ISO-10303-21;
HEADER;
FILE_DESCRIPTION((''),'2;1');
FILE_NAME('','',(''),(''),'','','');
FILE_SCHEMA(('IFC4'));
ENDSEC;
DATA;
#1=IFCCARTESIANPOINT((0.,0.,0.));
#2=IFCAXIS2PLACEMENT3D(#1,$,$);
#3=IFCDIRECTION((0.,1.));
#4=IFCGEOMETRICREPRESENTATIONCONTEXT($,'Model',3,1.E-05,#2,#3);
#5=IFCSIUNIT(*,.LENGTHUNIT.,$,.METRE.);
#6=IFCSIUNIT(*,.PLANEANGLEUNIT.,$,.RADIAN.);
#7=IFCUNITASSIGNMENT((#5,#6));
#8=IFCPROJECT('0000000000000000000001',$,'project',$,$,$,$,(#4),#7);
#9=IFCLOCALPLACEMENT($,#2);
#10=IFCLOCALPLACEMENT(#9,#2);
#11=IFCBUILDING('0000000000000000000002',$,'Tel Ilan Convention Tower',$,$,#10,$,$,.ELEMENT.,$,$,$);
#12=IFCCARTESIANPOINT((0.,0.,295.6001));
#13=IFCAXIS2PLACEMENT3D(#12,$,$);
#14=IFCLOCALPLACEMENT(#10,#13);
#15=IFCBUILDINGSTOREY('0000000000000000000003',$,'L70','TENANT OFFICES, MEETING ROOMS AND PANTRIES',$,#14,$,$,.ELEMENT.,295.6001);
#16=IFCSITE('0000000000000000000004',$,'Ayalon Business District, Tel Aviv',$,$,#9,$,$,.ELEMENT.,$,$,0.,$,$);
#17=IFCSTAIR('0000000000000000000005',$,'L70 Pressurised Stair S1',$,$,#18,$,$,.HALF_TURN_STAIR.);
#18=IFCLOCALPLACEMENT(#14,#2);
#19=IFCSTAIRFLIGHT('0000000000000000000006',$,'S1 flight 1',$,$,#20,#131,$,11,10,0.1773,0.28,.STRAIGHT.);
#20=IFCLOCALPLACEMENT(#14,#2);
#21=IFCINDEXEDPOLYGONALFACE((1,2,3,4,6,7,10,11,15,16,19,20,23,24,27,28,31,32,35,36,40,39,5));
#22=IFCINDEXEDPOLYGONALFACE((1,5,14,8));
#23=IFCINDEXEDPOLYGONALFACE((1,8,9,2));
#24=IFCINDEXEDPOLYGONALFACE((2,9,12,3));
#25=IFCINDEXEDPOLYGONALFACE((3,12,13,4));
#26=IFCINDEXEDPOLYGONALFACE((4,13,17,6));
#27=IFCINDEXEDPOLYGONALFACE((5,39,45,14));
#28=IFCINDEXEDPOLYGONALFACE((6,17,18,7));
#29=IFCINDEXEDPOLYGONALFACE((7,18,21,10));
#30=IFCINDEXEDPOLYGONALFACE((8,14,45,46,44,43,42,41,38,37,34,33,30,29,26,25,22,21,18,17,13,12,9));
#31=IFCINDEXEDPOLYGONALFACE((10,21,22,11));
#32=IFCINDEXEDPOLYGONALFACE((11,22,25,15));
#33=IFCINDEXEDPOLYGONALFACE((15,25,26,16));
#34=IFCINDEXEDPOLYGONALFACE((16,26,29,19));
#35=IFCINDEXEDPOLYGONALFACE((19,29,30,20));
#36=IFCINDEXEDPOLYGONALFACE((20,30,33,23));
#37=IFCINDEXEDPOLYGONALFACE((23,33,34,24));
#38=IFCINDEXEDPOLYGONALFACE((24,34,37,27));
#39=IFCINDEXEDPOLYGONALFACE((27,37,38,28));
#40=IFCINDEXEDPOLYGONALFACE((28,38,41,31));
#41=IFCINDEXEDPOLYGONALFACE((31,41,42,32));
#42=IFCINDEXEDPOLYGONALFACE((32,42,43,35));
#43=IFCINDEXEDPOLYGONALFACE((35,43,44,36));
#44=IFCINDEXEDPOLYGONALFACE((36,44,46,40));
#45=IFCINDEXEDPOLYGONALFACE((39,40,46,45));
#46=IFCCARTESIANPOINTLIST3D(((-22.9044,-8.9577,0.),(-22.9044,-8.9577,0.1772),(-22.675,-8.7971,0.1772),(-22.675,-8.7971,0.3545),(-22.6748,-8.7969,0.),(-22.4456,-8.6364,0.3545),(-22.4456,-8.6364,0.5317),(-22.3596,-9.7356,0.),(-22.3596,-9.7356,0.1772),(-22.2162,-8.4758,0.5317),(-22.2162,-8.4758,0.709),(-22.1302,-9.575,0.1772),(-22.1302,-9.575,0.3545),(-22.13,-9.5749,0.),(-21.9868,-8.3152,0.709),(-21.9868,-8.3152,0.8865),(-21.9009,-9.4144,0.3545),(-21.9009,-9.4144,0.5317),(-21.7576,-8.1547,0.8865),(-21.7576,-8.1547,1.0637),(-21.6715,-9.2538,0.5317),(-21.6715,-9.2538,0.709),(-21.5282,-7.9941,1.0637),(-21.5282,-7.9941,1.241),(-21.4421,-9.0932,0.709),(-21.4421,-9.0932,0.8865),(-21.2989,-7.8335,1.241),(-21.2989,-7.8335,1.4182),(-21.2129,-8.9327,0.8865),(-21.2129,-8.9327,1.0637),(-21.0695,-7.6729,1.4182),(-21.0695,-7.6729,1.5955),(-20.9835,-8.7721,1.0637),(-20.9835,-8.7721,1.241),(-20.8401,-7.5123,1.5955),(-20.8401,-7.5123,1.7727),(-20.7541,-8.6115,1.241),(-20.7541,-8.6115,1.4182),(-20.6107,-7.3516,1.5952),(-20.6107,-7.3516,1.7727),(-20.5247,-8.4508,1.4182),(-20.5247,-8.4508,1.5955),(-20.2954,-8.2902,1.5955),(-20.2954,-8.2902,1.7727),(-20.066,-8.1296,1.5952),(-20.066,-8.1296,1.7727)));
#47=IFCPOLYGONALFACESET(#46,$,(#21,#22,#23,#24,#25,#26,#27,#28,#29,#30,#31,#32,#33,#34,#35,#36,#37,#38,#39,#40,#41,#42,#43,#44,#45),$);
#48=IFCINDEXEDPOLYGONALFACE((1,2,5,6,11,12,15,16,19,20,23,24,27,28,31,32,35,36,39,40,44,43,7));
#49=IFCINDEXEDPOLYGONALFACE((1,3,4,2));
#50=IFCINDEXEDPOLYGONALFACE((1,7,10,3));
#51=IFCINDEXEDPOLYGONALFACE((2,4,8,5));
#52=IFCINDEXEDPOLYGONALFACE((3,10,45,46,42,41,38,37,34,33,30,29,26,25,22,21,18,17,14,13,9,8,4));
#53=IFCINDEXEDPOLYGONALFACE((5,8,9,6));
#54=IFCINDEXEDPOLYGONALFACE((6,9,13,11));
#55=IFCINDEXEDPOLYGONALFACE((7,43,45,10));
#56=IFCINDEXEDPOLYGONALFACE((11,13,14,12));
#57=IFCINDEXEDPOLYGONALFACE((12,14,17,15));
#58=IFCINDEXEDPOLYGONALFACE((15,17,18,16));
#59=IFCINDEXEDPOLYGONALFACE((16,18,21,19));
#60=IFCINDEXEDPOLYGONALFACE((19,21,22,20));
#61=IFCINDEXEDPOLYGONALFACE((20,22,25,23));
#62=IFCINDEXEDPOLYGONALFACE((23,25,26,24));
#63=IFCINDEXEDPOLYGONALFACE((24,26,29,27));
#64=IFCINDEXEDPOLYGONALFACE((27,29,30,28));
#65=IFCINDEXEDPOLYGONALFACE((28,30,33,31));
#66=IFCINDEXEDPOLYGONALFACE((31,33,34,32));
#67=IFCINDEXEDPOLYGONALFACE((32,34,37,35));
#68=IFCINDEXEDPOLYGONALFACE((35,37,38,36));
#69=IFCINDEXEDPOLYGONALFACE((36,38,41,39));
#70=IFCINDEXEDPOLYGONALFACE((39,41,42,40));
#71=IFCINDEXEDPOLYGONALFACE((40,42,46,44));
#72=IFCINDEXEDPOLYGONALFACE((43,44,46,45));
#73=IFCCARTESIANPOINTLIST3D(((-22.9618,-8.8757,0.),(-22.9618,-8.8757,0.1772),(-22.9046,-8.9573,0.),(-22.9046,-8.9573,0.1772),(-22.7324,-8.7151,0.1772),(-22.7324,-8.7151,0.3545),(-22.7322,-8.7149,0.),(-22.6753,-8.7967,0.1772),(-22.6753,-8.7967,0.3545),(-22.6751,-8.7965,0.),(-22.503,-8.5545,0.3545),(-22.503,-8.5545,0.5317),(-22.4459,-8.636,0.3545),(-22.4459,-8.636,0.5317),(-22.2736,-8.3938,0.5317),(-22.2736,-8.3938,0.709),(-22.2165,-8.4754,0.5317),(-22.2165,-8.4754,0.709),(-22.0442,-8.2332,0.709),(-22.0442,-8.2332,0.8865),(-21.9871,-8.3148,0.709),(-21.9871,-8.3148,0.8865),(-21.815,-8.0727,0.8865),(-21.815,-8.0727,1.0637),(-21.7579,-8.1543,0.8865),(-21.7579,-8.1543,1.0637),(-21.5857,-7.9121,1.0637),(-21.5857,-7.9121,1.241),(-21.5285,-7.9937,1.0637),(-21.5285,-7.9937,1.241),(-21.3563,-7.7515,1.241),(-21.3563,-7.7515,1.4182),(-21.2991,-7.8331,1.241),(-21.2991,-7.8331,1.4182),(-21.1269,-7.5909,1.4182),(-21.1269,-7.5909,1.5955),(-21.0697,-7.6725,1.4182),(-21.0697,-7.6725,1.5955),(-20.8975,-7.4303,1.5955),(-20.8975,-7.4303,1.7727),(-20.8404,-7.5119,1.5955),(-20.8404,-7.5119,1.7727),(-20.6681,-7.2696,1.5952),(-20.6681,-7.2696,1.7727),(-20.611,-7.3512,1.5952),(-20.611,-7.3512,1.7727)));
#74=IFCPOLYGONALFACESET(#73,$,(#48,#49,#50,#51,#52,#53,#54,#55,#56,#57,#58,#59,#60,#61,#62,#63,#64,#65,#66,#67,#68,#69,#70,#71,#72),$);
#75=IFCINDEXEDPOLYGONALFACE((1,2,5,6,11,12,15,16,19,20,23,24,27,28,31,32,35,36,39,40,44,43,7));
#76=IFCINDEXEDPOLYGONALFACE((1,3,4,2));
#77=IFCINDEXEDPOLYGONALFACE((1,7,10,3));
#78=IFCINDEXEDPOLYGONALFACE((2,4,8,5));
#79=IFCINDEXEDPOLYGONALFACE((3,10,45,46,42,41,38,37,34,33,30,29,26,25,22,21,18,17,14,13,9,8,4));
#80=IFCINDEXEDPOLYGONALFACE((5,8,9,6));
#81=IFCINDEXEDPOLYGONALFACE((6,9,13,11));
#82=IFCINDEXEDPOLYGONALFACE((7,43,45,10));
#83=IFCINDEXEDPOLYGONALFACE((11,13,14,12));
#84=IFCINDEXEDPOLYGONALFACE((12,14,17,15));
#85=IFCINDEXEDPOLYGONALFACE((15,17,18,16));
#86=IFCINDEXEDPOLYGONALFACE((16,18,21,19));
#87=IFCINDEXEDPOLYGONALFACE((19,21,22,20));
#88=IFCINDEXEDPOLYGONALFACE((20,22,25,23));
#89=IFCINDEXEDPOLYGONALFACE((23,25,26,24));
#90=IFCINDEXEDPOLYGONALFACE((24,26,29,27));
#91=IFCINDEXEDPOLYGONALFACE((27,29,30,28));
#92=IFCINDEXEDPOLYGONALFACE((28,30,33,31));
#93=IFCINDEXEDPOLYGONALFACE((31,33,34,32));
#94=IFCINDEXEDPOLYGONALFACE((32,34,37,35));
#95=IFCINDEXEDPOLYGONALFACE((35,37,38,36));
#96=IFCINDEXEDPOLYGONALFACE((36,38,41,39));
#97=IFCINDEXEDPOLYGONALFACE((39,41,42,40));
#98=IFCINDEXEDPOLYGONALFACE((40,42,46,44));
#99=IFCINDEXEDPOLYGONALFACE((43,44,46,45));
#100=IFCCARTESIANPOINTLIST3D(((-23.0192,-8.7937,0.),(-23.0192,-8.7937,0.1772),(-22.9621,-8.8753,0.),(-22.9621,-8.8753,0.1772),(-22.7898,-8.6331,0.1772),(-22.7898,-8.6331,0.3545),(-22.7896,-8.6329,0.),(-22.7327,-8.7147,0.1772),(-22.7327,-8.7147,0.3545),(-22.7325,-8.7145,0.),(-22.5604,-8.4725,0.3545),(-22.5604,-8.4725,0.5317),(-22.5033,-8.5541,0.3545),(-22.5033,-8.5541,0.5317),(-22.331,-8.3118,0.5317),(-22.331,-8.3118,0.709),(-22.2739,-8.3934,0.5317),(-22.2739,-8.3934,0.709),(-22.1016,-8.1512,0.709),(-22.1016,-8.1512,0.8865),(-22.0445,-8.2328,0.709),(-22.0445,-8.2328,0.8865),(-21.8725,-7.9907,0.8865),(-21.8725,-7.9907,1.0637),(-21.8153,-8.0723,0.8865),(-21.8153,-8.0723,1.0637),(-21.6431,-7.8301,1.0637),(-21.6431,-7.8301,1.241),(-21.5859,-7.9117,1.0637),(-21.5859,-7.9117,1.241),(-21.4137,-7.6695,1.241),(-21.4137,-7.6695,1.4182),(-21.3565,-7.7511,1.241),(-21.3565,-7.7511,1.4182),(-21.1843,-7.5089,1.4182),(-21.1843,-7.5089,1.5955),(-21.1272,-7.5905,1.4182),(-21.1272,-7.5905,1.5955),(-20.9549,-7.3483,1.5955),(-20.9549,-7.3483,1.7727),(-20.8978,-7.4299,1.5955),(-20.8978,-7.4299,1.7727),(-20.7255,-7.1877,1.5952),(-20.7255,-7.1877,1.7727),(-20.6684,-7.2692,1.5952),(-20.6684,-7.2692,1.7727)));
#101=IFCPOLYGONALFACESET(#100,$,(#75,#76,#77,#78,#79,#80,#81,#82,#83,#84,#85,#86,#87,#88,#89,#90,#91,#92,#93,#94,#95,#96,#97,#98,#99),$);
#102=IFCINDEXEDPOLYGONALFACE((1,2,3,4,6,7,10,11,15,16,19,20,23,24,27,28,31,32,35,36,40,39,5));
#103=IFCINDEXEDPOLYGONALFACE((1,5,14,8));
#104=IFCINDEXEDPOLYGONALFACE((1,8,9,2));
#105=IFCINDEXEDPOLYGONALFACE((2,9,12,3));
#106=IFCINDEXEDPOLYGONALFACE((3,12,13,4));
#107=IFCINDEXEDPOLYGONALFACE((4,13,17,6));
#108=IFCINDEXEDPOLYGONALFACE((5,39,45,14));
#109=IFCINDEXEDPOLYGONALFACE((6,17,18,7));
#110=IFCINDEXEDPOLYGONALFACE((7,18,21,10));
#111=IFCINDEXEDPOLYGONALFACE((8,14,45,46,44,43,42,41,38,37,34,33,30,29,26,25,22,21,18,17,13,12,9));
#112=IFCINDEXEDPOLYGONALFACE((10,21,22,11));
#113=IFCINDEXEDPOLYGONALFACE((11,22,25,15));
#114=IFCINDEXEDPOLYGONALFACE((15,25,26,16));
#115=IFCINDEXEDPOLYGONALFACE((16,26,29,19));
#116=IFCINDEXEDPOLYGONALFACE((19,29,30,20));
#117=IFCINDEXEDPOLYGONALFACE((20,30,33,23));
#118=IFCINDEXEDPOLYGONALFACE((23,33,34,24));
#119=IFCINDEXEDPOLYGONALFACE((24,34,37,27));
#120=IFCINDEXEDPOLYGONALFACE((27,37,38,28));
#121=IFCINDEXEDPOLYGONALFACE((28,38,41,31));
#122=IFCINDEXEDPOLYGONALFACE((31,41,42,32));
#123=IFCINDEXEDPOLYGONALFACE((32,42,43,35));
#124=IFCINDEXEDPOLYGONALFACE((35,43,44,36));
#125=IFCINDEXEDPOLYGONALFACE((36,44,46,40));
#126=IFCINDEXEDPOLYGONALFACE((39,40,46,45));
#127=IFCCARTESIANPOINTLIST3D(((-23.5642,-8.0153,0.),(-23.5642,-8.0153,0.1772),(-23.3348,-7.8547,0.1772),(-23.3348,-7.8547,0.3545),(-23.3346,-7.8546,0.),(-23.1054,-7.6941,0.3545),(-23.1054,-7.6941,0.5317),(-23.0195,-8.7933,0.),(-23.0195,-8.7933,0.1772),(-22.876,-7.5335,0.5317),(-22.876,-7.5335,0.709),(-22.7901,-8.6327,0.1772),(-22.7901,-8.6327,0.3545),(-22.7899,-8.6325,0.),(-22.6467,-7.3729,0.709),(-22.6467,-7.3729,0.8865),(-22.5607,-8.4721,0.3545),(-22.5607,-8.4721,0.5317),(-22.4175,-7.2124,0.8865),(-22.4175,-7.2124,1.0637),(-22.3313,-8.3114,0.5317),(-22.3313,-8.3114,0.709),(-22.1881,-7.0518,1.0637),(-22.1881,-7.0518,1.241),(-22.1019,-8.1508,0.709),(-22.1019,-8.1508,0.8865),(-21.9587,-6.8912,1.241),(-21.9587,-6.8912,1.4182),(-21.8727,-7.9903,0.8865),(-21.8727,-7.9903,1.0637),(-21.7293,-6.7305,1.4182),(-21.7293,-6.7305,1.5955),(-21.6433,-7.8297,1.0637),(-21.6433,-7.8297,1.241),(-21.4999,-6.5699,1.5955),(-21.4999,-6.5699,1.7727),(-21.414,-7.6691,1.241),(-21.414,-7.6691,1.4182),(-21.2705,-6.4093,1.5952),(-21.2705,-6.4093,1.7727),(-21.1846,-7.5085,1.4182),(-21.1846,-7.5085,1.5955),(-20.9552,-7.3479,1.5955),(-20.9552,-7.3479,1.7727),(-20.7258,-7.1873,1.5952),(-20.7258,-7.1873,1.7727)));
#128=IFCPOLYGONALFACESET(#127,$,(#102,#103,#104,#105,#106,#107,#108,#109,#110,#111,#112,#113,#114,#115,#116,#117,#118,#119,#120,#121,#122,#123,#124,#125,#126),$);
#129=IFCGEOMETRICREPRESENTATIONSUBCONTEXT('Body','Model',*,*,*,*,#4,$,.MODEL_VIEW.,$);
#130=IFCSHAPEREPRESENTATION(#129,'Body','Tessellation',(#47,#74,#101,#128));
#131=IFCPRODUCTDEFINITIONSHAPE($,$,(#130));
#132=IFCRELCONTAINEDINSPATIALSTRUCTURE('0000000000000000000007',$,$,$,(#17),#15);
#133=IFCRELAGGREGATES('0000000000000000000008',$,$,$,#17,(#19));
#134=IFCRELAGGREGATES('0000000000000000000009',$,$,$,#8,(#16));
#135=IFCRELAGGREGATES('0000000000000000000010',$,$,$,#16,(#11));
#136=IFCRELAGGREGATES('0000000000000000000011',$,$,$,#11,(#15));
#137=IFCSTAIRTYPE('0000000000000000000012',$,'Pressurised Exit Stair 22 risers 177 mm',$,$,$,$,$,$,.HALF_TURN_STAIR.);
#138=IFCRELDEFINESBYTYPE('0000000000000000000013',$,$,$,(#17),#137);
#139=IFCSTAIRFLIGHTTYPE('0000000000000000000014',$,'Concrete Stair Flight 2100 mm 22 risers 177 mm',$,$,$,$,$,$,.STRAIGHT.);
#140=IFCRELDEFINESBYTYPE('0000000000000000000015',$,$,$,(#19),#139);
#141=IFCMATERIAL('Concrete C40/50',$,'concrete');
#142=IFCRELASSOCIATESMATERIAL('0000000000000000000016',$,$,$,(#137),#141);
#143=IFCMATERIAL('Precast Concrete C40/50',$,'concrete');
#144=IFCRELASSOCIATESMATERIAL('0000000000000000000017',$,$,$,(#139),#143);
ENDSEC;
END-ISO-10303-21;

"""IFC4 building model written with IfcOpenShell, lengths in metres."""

from ifc_helpers import new_model, si_unit, direction, frame, origin, place, context, subcontext, project, spatial, polyline, outline, extrude, material, type_object, element, aggregate, save


model = new_model("IFC4")

# Units and contexts
model_context = context("Model", 3, precision=1e-05, world=origin(), true_north=direction((0.0, 1.0)))
body_context = subcontext(model_context, "Body", "Model", "MODEL_VIEW")
ifc_project = project(units=[si_unit("LENGTHUNIT", "METRE"), si_unit("PLANEANGLEUNIT", "RADIAN")], contexts=[model_context])

# Site, building, storey
site_placement = place(None, origin())
site = spatial("IfcSite", under=ifc_project, at=site_placement, Name="Ayalon Business District, Tel Aviv", CompositionType="ELEMENT", RefElevation=0.0)
building_placement = place(site_placement, origin())
building = spatial("IfcBuilding", under=site, at=building_placement, Name="Tel Ilan Convention Tower", CompositionType="ELEMENT")
storey_placement = place(building_placement, frame((0.0, 0.0, 295.6001)))
storey = spatial("IfcBuildingStorey", under=building, at=storey_placement, Name="L70", Description="TENANT OFFICES, MEETING ROOMS AND PANTRIES", CompositionType="ELEMENT", Elevation=295.6001)

# Stair, stair flight
ifc_material_1 = material(Name="Concrete C40/50", Category="concrete")
stair_type = type_object("IfcStairType", Name="Pressurised Exit Stair 22 risers 177 mm", PredefinedType="HALF_TURN_STAIR", material=ifc_material_1)
stair_1_placement = place(storey_placement, origin())
stair_1 = element("IfcStair", 1, at=stair_1_placement, inside=storey, type_object=stair_type, Name="L70 Pressurised Stair S1", PredefinedType="HALF_TURN_STAIR")
ifc_material_2 = material(Name="Precast Concrete C40/50", Category="concrete")
stair_flight_type = type_object("IfcStairFlightType", Name="Concrete Stair Flight 2100 mm 22 risers 177 mm", PredefinedType="STRAIGHT", material=ifc_material_2)
stair_flight_1_placement = place(storey_placement, frame((-22.9619, -8.8755, 0.0), z_axis=(0.0, 0.0, 1.0), x_axis=(0.819152, 0.573576, 0.0)))
stair_flight_1 = element("IfcStairFlight", 2, at=stair_flight_1_placement, type_object=stair_flight_type, Name="S1 flight 1", NumberOfRisers=11, NumberOfTreads=10, PredefinedType="STRAIGHT", RiserHeight=0.1773, TreadLength=0.28, context=body_context, shape_type="SweptSolid", body=[
    extrude(outline(polyline([(0.0, 0.0), (0.0, 0.1772), (0.28, 0.1772), (0.28, 0.3545), (0.5601, 0.3545), (0.5601, 0.5317), (0.8401, 0.5317), (0.8401, 0.709), (1.1201, 0.709), (1.1201, 0.8865), (1.3999, 0.8865), (1.3999, 1.0637), (1.6799, 1.0637), (1.6799, 1.241), (1.96, 1.241), (1.96, 1.4182), (2.24, 1.4182), (2.24, 1.5955), (2.52, 1.5955), (2.52, 1.7727), (2.8, 1.7727), (2.8, 1.95), (2.8, 1.5952), (0.2803, 0.0), (0.0, 0.0)])), frame((0.0, -0.1003, 0.0), z_axis=(0.0, -1.0, 0.0), x_axis=(1.0, 0.0, 0.0)), (0.0, 0.0, 1.0), 0.9497),
    extrude(outline(polyline([(0.0, 0.0), (0.0, 0.1772), (0.28, 0.1772), (0.28, 0.3545), (0.5601, 0.3545), (0.5601, 0.5317), (0.8401, 0.5317), (0.8401, 0.709), (1.1201, 0.709), (1.1201, 0.8865), (1.3999, 0.8865), (1.3999, 1.0637), (1.6799, 1.0637), (1.6799, 1.241), (1.96, 1.241), (1.96, 1.4182), (2.24, 1.4182), (2.24, 1.5955), (2.52, 1.5955), (2.52, 1.7727), (2.8, 1.7727), (2.8, 1.95), (2.8, 1.5952), (0.2803, 0.0), (0.0, 0.0)])), frame((0.0, -0.0002, 0.0), z_axis=(0.0, -1.0, 0.0), x_axis=(1.0, 0.0, 0.0)), (0.0, 0.0, 1.0), 0.0996),
    extrude(outline(polyline([(0.0, 0.0), (0.0, 0.1772), (0.28, 0.1772), (0.28, 0.3545), (0.5601, 0.3545), (0.5601, 0.5317), (0.8401, 0.5317), (0.8401, 0.709), (1.1201, 0.709), (1.1201, 0.8865), (1.3999, 0.8865), (1.3999, 1.0637), (1.6799, 1.0637), (1.6799, 1.241), (1.96, 1.241), (1.96, 1.4182), (2.24, 1.4182), (2.24, 1.5955), (2.52, 1.5955), (2.52, 1.7727), (2.8, 1.7727), (2.8, 1.95), (2.8, 1.5952), (0.2803, 0.0), (0.0, 0.0)])), frame((0.0, 0.0999, 0.0), z_axis=(0.0, -1.0, 0.0), x_axis=(1.0, 0.0, 0.0)), (0.0, 0.0, 1.0), 0.0996),
    extrude(outline(polyline([(0.0, 0.0), (0.0, 0.1772), (0.28, 0.1772), (0.28, 0.3545), (0.5601, 0.3545), (0.5601, 0.5317), (0.8401, 0.5317), (0.8401, 0.709), (1.1201, 0.709), (1.1201, 0.8865), (1.3999, 0.8865), (1.3999, 1.0637), (1.6799, 1.0637), (1.6799, 1.241), (1.96, 1.241), (1.96, 1.4182), (2.24, 1.4182), (2.24, 1.5955), (2.52, 1.5955), (2.52, 1.7727), (2.8, 1.7727), (2.8, 1.95), (2.8, 1.5952), (0.2803, 0.0), (0.0, 0.0)])), frame((0.0, 1.05, 0.0), z_axis=(0.0, -1.0, 0.0), x_axis=(1.0, 0.0, 0.0)), (0.0, 0.0, 1.0), 0.9497),
])
aggregate(stair_1, [stair_flight_1])

save(model, "model.ifc")
